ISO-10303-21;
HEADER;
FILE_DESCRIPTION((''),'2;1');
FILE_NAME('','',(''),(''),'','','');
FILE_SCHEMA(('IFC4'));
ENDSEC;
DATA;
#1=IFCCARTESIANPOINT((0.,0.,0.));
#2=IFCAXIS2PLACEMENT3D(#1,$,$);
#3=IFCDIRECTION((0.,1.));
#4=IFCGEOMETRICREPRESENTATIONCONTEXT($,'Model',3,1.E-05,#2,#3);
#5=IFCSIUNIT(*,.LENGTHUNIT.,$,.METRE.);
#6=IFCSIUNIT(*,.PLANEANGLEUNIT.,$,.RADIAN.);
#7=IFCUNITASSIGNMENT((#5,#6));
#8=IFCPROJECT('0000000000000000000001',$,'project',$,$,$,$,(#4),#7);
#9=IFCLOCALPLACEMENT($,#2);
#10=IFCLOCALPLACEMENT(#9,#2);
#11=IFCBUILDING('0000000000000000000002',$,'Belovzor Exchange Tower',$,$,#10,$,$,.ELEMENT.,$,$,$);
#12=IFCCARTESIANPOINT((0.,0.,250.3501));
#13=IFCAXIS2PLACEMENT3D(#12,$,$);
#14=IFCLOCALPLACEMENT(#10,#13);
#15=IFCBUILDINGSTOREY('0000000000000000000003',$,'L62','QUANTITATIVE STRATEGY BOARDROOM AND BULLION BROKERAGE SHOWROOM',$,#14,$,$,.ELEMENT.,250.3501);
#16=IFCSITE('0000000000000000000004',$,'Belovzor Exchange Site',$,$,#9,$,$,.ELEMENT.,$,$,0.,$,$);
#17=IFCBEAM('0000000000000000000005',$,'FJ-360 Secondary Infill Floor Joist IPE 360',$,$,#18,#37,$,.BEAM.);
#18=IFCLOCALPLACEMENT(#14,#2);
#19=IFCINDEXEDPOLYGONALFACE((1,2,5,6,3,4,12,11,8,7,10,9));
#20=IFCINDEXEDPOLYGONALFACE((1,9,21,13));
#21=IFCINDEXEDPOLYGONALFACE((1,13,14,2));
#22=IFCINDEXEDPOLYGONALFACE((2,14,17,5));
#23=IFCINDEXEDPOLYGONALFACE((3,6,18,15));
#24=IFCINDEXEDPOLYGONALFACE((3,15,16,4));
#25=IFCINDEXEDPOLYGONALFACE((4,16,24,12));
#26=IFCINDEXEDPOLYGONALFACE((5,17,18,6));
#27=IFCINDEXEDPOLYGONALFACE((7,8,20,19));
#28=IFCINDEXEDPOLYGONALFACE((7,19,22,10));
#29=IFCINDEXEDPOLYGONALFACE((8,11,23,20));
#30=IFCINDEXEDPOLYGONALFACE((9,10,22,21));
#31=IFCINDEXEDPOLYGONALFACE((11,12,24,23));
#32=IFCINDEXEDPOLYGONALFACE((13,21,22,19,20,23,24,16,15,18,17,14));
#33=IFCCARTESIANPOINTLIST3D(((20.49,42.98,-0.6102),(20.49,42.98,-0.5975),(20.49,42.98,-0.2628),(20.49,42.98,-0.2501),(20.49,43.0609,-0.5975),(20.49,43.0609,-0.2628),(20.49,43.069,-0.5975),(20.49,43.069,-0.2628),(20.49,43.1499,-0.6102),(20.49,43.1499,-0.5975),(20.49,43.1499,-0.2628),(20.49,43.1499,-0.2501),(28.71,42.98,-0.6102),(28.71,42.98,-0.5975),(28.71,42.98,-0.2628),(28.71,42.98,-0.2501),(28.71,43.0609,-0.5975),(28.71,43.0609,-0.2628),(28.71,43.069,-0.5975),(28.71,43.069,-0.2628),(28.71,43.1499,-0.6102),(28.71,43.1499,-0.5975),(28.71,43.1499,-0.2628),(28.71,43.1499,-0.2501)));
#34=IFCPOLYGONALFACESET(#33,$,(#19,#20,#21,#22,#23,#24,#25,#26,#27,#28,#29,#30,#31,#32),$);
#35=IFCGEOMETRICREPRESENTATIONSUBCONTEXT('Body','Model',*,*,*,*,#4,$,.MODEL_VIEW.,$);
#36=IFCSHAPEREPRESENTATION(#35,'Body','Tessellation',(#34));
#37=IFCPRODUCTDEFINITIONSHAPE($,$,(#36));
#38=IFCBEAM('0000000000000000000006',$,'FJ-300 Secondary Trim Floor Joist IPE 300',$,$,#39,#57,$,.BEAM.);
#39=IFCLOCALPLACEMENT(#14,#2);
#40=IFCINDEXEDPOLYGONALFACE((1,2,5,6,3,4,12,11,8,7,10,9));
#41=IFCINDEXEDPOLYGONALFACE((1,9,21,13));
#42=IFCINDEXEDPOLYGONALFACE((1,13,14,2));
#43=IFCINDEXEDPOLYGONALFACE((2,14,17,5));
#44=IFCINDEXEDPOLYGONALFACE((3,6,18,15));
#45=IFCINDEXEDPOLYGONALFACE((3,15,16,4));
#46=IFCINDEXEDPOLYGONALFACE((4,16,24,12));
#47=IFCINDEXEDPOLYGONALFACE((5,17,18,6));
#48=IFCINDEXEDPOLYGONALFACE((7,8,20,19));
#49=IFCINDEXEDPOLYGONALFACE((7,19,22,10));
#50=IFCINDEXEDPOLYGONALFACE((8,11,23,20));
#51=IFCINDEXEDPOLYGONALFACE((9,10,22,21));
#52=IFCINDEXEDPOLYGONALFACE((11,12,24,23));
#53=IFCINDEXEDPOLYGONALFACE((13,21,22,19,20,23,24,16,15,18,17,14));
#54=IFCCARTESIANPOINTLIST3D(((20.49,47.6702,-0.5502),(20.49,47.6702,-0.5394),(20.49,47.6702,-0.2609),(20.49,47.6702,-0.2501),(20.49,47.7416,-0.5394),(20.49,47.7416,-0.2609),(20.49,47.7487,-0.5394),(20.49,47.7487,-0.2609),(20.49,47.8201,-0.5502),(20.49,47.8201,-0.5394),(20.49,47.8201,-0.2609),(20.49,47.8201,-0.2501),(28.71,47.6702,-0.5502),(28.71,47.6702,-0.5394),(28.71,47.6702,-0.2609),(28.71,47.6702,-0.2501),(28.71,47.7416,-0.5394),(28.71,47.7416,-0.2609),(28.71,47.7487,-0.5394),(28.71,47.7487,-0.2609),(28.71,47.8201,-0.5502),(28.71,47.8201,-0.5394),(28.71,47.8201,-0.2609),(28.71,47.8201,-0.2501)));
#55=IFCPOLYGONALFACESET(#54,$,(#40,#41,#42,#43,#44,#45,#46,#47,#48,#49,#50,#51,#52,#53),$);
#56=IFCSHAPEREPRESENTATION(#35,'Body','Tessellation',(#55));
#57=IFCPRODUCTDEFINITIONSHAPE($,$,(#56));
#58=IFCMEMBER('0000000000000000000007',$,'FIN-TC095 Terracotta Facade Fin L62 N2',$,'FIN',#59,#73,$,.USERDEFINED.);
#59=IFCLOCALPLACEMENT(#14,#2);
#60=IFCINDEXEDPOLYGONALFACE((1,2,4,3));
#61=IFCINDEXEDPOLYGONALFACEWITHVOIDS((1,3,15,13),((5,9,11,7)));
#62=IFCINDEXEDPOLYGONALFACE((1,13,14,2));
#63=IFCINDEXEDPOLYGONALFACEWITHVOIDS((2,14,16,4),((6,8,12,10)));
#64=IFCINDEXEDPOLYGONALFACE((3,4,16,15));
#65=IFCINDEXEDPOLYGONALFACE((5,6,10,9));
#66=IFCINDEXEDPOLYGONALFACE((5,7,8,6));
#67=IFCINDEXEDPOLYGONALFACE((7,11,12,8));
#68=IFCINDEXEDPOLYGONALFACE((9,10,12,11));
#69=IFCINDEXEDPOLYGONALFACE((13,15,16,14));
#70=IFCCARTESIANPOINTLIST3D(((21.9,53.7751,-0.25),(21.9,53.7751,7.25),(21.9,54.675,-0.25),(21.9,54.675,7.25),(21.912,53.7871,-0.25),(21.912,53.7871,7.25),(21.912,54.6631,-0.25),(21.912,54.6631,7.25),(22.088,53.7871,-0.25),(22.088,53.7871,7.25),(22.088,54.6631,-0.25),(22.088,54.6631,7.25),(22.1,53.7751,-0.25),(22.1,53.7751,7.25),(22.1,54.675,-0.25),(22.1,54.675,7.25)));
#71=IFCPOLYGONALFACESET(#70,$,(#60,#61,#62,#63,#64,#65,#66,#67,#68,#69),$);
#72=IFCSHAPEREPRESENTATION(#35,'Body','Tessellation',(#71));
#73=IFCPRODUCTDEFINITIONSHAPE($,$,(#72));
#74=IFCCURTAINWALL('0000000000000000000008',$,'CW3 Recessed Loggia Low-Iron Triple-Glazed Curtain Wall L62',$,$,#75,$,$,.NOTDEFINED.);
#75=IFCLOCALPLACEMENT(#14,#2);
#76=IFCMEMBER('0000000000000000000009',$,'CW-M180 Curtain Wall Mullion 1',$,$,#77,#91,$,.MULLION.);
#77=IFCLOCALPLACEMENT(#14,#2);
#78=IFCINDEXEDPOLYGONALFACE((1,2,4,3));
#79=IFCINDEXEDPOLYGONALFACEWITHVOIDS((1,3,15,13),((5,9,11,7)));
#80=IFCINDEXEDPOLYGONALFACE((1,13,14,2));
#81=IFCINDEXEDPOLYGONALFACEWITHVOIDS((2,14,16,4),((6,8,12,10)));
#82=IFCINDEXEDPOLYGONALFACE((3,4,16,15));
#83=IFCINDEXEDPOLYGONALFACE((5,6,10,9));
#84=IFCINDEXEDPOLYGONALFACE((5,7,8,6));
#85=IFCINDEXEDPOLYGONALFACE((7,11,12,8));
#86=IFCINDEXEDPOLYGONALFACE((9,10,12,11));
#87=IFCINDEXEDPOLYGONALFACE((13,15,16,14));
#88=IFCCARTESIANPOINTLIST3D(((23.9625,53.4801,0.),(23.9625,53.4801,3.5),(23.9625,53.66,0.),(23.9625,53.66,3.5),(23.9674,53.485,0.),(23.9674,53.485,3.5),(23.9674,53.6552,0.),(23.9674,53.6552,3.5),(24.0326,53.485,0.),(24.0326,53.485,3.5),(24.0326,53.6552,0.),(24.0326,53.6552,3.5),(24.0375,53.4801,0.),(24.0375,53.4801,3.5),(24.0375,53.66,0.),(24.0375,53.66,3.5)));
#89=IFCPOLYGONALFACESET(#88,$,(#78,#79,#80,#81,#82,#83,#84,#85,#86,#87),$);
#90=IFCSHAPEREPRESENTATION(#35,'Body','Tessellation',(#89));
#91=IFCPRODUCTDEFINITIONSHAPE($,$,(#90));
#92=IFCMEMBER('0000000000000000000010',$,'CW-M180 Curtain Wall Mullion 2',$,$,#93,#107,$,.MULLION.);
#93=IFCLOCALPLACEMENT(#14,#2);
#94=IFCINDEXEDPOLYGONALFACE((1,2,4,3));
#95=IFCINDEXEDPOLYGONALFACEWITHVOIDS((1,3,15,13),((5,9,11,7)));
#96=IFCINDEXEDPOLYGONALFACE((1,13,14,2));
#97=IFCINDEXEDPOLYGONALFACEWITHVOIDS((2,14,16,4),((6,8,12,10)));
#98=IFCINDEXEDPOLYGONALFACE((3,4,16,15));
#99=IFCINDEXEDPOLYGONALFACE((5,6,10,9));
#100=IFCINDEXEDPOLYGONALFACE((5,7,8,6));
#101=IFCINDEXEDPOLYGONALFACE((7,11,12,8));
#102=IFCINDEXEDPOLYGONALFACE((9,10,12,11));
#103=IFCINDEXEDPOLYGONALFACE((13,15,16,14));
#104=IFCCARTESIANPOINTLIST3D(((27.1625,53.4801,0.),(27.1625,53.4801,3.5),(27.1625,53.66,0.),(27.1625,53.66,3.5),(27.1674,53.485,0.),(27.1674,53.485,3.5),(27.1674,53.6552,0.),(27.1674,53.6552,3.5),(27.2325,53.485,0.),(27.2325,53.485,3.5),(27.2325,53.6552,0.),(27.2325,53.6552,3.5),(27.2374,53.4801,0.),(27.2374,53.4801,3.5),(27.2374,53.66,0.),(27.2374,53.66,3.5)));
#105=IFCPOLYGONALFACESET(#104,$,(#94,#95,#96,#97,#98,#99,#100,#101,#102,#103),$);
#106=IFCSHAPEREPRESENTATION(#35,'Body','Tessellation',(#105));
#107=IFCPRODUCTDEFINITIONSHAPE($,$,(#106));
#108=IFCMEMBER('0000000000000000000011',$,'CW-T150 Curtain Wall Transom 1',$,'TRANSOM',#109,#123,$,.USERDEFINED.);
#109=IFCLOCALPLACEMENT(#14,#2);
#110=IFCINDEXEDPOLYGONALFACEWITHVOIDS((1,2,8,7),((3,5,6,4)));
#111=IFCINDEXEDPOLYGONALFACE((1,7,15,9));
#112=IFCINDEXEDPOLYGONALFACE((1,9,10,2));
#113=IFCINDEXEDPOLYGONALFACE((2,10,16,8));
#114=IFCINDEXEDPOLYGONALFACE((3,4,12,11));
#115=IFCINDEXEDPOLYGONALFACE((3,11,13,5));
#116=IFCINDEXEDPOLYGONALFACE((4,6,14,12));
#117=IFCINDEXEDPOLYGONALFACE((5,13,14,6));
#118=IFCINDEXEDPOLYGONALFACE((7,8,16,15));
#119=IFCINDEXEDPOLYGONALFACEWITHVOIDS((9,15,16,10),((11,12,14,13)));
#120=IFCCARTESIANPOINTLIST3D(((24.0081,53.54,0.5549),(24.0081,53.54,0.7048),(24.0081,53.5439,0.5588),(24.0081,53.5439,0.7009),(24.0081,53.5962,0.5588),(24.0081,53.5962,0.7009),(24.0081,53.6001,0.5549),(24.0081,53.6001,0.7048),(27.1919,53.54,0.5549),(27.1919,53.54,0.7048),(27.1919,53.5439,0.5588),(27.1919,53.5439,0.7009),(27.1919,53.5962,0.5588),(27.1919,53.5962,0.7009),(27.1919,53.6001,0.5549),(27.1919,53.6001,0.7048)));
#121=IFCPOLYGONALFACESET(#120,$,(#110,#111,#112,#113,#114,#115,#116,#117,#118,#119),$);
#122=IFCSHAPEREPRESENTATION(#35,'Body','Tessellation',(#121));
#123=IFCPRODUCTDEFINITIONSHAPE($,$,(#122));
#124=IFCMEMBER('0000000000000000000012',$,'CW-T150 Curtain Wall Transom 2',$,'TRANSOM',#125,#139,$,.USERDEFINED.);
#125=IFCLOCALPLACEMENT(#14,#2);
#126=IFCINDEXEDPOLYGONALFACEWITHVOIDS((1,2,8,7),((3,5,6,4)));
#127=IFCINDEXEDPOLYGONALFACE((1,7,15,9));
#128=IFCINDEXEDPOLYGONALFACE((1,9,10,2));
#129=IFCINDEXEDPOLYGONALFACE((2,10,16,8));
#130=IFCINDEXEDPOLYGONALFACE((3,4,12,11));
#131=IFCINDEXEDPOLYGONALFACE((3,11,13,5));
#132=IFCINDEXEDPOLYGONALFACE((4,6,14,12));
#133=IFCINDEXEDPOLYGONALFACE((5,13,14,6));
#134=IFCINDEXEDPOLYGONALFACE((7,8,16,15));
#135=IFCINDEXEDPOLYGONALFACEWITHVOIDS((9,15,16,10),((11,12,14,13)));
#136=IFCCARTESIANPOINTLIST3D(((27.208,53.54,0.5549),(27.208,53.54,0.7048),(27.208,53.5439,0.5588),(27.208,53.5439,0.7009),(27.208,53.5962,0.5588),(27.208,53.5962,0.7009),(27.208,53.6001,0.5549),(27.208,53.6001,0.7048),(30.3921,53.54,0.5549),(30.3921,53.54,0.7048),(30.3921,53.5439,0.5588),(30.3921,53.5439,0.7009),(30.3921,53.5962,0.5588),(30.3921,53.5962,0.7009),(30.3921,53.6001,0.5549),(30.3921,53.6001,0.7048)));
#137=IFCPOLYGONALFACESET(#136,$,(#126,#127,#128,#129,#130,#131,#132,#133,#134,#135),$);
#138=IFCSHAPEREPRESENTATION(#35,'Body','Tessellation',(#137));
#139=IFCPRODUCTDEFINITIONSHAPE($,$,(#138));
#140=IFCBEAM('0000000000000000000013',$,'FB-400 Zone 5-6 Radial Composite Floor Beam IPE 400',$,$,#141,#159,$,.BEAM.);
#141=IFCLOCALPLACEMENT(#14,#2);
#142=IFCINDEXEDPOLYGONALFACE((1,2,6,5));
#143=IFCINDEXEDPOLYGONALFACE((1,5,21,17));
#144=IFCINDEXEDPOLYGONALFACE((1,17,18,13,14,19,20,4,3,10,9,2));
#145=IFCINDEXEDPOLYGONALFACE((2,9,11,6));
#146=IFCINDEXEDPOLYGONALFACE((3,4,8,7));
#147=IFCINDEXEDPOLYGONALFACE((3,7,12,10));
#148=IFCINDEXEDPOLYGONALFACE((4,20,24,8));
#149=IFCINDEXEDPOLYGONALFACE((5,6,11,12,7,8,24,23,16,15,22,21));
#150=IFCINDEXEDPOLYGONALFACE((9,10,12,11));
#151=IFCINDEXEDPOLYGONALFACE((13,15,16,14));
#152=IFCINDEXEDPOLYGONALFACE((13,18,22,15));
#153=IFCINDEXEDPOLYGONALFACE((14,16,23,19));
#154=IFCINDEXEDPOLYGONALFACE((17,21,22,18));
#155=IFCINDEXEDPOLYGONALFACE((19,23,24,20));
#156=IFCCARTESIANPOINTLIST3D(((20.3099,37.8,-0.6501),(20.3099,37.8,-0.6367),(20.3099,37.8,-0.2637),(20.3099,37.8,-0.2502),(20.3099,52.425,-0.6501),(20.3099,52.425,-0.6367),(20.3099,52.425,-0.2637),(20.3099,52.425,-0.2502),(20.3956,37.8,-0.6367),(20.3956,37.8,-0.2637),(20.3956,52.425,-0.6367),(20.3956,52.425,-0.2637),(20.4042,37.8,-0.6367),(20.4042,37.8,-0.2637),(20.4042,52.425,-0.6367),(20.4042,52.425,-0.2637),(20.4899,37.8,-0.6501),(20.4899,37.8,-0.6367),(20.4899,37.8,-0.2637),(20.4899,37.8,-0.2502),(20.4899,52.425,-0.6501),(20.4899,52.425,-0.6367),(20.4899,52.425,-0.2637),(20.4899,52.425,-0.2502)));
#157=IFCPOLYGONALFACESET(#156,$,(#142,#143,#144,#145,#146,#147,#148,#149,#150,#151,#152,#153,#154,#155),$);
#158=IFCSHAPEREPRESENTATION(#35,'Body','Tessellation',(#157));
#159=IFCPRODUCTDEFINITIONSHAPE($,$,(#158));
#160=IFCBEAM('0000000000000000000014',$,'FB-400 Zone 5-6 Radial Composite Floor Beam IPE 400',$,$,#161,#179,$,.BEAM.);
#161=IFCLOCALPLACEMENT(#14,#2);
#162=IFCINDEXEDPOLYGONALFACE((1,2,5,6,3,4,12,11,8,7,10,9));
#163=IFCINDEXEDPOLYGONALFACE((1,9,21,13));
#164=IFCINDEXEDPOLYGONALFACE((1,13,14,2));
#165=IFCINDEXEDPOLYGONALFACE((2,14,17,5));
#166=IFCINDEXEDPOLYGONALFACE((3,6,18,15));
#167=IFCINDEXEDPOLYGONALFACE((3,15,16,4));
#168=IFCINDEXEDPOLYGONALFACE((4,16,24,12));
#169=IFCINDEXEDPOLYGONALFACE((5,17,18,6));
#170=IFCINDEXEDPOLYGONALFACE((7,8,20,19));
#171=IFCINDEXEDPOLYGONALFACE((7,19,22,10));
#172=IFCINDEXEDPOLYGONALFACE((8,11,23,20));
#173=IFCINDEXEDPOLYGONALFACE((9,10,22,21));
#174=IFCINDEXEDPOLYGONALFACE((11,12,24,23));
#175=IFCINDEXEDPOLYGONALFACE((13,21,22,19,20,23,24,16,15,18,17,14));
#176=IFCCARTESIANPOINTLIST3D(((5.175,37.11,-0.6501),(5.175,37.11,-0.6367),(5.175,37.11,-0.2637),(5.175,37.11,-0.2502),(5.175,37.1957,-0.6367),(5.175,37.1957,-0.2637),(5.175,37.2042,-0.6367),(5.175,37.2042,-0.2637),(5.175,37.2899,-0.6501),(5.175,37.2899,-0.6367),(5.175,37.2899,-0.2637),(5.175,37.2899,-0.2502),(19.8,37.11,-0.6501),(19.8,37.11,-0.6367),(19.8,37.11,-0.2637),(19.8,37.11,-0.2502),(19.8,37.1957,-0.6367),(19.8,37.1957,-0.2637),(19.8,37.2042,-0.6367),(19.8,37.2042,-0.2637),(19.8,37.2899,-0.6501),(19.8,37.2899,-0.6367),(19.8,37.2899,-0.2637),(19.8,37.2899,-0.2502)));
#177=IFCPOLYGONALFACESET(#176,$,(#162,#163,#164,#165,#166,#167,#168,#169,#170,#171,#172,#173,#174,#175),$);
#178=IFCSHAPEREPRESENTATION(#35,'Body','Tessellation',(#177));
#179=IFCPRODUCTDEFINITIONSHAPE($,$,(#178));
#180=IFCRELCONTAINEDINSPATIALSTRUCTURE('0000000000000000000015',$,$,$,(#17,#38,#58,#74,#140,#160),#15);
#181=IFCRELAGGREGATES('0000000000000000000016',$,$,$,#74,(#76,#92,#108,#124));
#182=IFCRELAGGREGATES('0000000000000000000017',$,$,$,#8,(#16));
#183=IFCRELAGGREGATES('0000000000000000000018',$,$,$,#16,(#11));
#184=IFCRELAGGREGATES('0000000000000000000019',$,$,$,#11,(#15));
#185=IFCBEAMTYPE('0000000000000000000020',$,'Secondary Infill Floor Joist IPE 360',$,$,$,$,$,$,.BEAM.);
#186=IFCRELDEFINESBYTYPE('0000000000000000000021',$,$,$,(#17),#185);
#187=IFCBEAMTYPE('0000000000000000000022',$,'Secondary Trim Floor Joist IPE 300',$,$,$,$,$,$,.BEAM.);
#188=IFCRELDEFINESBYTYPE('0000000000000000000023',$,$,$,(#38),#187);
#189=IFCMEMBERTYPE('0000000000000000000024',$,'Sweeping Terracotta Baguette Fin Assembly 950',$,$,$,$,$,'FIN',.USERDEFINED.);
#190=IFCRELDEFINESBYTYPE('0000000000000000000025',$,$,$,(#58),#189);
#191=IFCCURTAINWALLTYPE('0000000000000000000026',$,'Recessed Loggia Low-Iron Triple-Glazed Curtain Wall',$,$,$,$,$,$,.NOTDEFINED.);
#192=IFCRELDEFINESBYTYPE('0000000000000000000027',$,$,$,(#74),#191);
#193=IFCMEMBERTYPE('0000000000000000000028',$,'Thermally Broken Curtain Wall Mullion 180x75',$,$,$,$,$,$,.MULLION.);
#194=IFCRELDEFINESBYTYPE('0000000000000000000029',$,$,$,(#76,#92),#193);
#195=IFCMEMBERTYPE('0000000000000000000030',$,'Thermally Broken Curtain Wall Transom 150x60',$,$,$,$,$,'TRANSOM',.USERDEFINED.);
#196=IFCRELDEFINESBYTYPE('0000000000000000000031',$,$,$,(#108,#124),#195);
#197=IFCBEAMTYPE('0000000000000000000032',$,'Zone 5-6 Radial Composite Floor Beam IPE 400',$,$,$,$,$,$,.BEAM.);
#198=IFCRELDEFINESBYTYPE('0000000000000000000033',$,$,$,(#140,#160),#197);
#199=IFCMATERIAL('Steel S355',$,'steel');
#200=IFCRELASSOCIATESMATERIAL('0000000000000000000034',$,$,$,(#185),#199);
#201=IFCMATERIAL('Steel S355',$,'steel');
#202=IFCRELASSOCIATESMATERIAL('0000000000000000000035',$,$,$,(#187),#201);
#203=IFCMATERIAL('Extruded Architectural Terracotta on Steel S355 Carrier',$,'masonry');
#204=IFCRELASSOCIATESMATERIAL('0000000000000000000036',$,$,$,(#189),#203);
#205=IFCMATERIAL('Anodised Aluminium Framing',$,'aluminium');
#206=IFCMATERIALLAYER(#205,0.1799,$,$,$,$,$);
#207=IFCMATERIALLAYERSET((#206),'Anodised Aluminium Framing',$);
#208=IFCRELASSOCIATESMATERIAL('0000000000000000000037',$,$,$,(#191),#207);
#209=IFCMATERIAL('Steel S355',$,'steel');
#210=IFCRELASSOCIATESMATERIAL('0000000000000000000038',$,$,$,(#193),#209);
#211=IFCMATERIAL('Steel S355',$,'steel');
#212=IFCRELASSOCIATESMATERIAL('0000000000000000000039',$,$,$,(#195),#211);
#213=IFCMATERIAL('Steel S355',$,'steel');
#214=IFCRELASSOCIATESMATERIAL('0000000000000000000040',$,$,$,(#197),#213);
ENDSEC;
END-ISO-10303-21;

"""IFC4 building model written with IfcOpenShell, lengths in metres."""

from ifc_helpers import new_model, si_unit, direction, frame, origin, origin_2d, place, context, subcontext, project, spatial, hollow_rectangle, i_section, extrude, material, layer, layer_set, material_profile, profile_set, type_object, element, aggregate, save


model = new_model("IFC4")

# Units and contexts
model_context = context("Model", 3, precision=1e-05, world=origin(), true_north=direction((0.0, 1.0)))
body_context = subcontext(model_context, "Body", "Model", "MODEL_VIEW")
ifc_project = project(units=[si_unit("LENGTHUNIT", "METRE"), si_unit("PLANEANGLEUNIT", "RADIAN")], contexts=[model_context])

# Site, building, storey
site_placement = place(None, origin())
site = spatial("IfcSite", under=ifc_project, at=site_placement, Name="Belovzor Exchange Site", CompositionType="ELEMENT", RefElevation=0.0)
building_placement = place(site_placement, origin())
building = spatial("IfcBuilding", under=site, at=building_placement, Name="Belovzor Exchange Tower", CompositionType="ELEMENT")
storey_placement = place(building_placement, frame((0.0, 0.0, 250.3501)))
storey = spatial("IfcBuildingStorey", under=building, at=storey_placement, Name="L62", Description="QUANTITATIVE STRATEGY BOARDROOM AND BULLION BROKERAGE SHOWROOM", CompositionType="ELEMENT", Elevation=250.3501)

# Beams
ifc_material_1 = material(Name="Steel S355", Category="steel")
ifc_material_profile_1 = material_profile(ifc_material_1, i_section(OverallWidth=0.1699, OverallDepth=0.3601, WebThickness=0.0081, FlangeThickness=0.0127, at=origin_2d()))
ifc_profile_set_1 = profile_set([ifc_material_profile_1], Name="Steel S355")
beam_type_1 = type_object("IfcBeamType", Name="Secondary Infill Floor Joist IPE 360", PredefinedType="BEAM", material=ifc_profile_set_1)
beam_1_placement = place(storey_placement, frame((20.49, 43.0649, -0.4302), z_axis=(1.0, 0.0, 0.0), x_axis=(0.0, 1.0, 0.0)))
element("IfcBeam", 1, at=beam_1_placement, inside=storey, type_object=beam_type_1, Name="FJ-360 Secondary Infill Floor Joist IPE 360", PredefinedType="BEAM", context=body_context, shape_type="SweptSolid", body=[
    extrude(i_section(OverallWidth=0.1699, OverallDepth=0.3601, WebThickness=0.0081, FlangeThickness=0.0127, at=origin_2d()), origin(), (0.0, 0.0, 1.0), 8.22),
])
ifc_material_2 = material(Name="Steel S355", Category="steel")
ifc_material_profile_2 = material_profile(ifc_material_2, i_section(OverallWidth=0.1499, OverallDepth=0.3, WebThickness=0.0071, FlangeThickness=0.0107, at=origin_2d()))
ifc_profile_set_2 = profile_set([ifc_material_profile_2], Name="Steel S355")
beam_type_2 = type_object("IfcBeamType", Name="Secondary Trim Floor Joist IPE 300", PredefinedType="BEAM", material=ifc_profile_set_2)
beam_2_placement = place(storey_placement, frame((20.49, 47.7451, -0.4001), z_axis=(1.0, 0.0, 0.0), x_axis=(0.0, 1.0, 0.0)))
element("IfcBeam", 2, at=beam_2_placement, inside=storey, type_object=beam_type_2, Name="FJ-300 Secondary Trim Floor Joist IPE 300", PredefinedType="BEAM", context=body_context, shape_type="SweptSolid", body=[
    extrude(i_section(OverallWidth=0.1499, OverallDepth=0.3, WebThickness=0.0071, FlangeThickness=0.0107, at=origin_2d()), origin(), (0.0, 0.0, 1.0), 8.22),
])

# Member
ifc_material_3 = material(Name="Extruded Architectural Terracotta on Steel S355 Carrier", Category="masonry")
ifc_material_profile_3 = material_profile(ifc_material_3, hollow_rectangle(XDim=0.2, YDim=0.8999, WallThickness=0.012, at=origin_2d()))
ifc_profile_set_3 = profile_set([ifc_material_profile_3], Name="Extruded Architectural Terracotta on Steel S355 Carrier")
member_type_1 = type_object("IfcMemberType", Name="Sweeping Terracotta Baguette Fin Assembly 950", ElementType="FIN", PredefinedType="USERDEFINED", material=ifc_profile_set_3)
member_1_placement = place(storey_placement, frame((22.0, 54.2251, -0.25), z_axis=(0.0, 0.0, 1.0), x_axis=(1.0, 0.0, 0.0)))
element("IfcMember", 3, at=member_1_placement, inside=storey, type_object=member_type_1, Name="FIN-TC095 Terracotta Facade Fin L62 N2", ObjectType="FIN", PredefinedType="USERDEFINED", context=body_context, shape_type="SweptSolid", body=[
    extrude(hollow_rectangle(XDim=0.2, YDim=0.8999, WallThickness=0.012, at=origin_2d()), origin(), (0.0, 0.0, 1.0), 7.5),
])

# Curtain wall, members
ifc_material_4 = material(Name="Anodised Aluminium Framing", Category="aluminium")
ifc_layer_1 = layer(ifc_material_4, 0.1799)
ifc_layer_set_1 = layer_set([ifc_layer_1], Name="Anodised Aluminium Framing")
curtain_wall_type = type_object("IfcCurtainWallType", Name="Recessed Loggia Low-Iron Triple-Glazed Curtain Wall", PredefinedType="NOTDEFINED", material=ifc_layer_set_1)
curtain_wall_placement = place(storey_placement, origin())
curtain_wall = element("IfcCurtainWall", 4, at=curtain_wall_placement, inside=storey, type_object=curtain_wall_type, Name="CW3 Recessed Loggia Low-Iron Triple-Glazed Curtain Wall L62", PredefinedType="NOTDEFINED")
ifc_material_5 = material(Name="Steel S355", Category="steel")
ifc_material_profile_4 = material_profile(ifc_material_5, hollow_rectangle(XDim=0.075, YDim=0.1799, WallThickness=0.0049, at=origin_2d()))
ifc_profile_set_4 = profile_set([ifc_material_profile_4], Name="Steel S355")
member_type_2 = type_object("IfcMemberType", Name="Thermally Broken Curtain Wall Mullion 180x75", PredefinedType="MULLION", material=ifc_profile_set_4)
member_2_placement = place(storey_placement, frame((24.0, 53.5701, 0.0), z_axis=(0.0, 0.0, 1.0), x_axis=(1.0, 0.0, 0.0)))
member_2 = element("IfcMember", 5, at=member_2_placement, type_object=member_type_2, Name="CW-M180 Curtain Wall Mullion 1", PredefinedType="MULLION", context=body_context, shape_type="SweptSolid", body=[
    extrude(hollow_rectangle(XDim=0.075, YDim=0.1799, WallThickness=0.0049, at=origin_2d()), origin(), (0.0, 0.0, 1.0), 3.5),
])
member_3_placement = place(storey_placement, frame((27.2, 53.5701, 0.0), z_axis=(0.0, 0.0, 1.0), x_axis=(1.0, 0.0, 0.0)))
member_3 = element("IfcMember", 6, at=member_3_placement, type_object=member_type_2, Name="CW-M180 Curtain Wall Mullion 2", PredefinedType="MULLION", context=body_context, shape_type="SweptSolid", body=[
    extrude(hollow_rectangle(XDim=0.075, YDim=0.1799, WallThickness=0.0049, at=origin_2d()), origin(), (0.0, 0.0, 1.0), 3.5),
])
ifc_material_6 = material(Name="Steel S355", Category="steel")
ifc_material_profile_5 = material_profile(ifc_material_6, hollow_rectangle(XDim=0.0601, YDim=0.1499, WallThickness=0.0039, at=origin_2d()))
ifc_profile_set_5 = profile_set([ifc_material_profile_5], Name="Steel S355")
member_type_3 = type_object("IfcMemberType", Name="Thermally Broken Curtain Wall Transom 150x60", ElementType="TRANSOM", PredefinedType="USERDEFINED", material=ifc_profile_set_5)
member_4_placement = place(storey_placement, frame((24.0081, 53.5701, 0.6299), z_axis=(1.0, 0.0, 0.0), x_axis=(0.0, 1.0, 0.0)))
member_4 = element("IfcMember", 7, at=member_4_placement, type_object=member_type_3, Name="CW-T150 Curtain Wall Transom 1", ObjectType="TRANSOM", PredefinedType="USERDEFINED", context=body_context, shape_type="SweptSolid", body=[
    extrude(hollow_rectangle(XDim=0.0601, YDim=0.1499, WallThickness=0.0039, at=origin_2d()), origin(), (0.0, 0.0, 1.0), 3.1838),
])
member_5_placement = place(storey_placement, frame((27.208, 53.5701, 0.6299), z_axis=(1.0, 0.0, 0.0), x_axis=(0.0, 1.0, 0.0)))
member_5 = element("IfcMember", 8, at=member_5_placement, type_object=member_type_3, Name="CW-T150 Curtain Wall Transom 2", ObjectType="TRANSOM", PredefinedType="USERDEFINED", context=body_context, shape_type="SweptSolid", body=[
    extrude(hollow_rectangle(XDim=0.0601, YDim=0.1499, WallThickness=0.0039, at=origin_2d()), origin(), (0.0, 0.0, 1.0), 3.1841),
])

# Beams
ifc_material_7 = material(Name="Steel S355", Category="steel")
ifc_material_profile_6 = material_profile(ifc_material_7, i_section(OverallWidth=0.1799, OverallDepth=0.3999, WebThickness=0.0085, FlangeThickness=0.0134, at=origin_2d()))
ifc_profile_set_6 = profile_set([ifc_material_profile_6], Name="Steel S355")
beam_type_3 = type_object("IfcBeamType", Name="Zone 5-6 Radial Composite Floor Beam IPE 400", PredefinedType="BEAM", material=ifc_profile_set_6)
for number, where, z_axis, x_axis, name in (
    (9, (20.3999, 37.8, -0.4502), (0.0, 1.0, 0.0), (-1.0, 0.0, 0.0), "FB-400 Zone 5-6 Radial Composite Floor Beam IPE 400"),
    (10, (19.8, 37.2, -0.4502), (-1.0, 0.0, 0.0), (0.0, -1.0, 0.0), "FB-400 Zone 5-6 Radial Composite Floor Beam IPE 400"),
):
    element("IfcBeam", number, at=place(storey_placement, frame(where, z_axis=z_axis, x_axis=x_axis)), inside=storey, type_object=beam_type_3, Name=name, PredefinedType="BEAM", context=body_context, shape_type="SweptSolid", body=[
        extrude(i_section(OverallWidth=0.1799, OverallDepth=0.3999, WebThickness=0.0085, FlangeThickness=0.0134, at=origin_2d()), origin(), (0.0, 0.0, 1.0), 14.625),
    ])

aggregate(curtain_wall, [member_2, member_3, member_4, member_5])

save(model, "model.ifc")
